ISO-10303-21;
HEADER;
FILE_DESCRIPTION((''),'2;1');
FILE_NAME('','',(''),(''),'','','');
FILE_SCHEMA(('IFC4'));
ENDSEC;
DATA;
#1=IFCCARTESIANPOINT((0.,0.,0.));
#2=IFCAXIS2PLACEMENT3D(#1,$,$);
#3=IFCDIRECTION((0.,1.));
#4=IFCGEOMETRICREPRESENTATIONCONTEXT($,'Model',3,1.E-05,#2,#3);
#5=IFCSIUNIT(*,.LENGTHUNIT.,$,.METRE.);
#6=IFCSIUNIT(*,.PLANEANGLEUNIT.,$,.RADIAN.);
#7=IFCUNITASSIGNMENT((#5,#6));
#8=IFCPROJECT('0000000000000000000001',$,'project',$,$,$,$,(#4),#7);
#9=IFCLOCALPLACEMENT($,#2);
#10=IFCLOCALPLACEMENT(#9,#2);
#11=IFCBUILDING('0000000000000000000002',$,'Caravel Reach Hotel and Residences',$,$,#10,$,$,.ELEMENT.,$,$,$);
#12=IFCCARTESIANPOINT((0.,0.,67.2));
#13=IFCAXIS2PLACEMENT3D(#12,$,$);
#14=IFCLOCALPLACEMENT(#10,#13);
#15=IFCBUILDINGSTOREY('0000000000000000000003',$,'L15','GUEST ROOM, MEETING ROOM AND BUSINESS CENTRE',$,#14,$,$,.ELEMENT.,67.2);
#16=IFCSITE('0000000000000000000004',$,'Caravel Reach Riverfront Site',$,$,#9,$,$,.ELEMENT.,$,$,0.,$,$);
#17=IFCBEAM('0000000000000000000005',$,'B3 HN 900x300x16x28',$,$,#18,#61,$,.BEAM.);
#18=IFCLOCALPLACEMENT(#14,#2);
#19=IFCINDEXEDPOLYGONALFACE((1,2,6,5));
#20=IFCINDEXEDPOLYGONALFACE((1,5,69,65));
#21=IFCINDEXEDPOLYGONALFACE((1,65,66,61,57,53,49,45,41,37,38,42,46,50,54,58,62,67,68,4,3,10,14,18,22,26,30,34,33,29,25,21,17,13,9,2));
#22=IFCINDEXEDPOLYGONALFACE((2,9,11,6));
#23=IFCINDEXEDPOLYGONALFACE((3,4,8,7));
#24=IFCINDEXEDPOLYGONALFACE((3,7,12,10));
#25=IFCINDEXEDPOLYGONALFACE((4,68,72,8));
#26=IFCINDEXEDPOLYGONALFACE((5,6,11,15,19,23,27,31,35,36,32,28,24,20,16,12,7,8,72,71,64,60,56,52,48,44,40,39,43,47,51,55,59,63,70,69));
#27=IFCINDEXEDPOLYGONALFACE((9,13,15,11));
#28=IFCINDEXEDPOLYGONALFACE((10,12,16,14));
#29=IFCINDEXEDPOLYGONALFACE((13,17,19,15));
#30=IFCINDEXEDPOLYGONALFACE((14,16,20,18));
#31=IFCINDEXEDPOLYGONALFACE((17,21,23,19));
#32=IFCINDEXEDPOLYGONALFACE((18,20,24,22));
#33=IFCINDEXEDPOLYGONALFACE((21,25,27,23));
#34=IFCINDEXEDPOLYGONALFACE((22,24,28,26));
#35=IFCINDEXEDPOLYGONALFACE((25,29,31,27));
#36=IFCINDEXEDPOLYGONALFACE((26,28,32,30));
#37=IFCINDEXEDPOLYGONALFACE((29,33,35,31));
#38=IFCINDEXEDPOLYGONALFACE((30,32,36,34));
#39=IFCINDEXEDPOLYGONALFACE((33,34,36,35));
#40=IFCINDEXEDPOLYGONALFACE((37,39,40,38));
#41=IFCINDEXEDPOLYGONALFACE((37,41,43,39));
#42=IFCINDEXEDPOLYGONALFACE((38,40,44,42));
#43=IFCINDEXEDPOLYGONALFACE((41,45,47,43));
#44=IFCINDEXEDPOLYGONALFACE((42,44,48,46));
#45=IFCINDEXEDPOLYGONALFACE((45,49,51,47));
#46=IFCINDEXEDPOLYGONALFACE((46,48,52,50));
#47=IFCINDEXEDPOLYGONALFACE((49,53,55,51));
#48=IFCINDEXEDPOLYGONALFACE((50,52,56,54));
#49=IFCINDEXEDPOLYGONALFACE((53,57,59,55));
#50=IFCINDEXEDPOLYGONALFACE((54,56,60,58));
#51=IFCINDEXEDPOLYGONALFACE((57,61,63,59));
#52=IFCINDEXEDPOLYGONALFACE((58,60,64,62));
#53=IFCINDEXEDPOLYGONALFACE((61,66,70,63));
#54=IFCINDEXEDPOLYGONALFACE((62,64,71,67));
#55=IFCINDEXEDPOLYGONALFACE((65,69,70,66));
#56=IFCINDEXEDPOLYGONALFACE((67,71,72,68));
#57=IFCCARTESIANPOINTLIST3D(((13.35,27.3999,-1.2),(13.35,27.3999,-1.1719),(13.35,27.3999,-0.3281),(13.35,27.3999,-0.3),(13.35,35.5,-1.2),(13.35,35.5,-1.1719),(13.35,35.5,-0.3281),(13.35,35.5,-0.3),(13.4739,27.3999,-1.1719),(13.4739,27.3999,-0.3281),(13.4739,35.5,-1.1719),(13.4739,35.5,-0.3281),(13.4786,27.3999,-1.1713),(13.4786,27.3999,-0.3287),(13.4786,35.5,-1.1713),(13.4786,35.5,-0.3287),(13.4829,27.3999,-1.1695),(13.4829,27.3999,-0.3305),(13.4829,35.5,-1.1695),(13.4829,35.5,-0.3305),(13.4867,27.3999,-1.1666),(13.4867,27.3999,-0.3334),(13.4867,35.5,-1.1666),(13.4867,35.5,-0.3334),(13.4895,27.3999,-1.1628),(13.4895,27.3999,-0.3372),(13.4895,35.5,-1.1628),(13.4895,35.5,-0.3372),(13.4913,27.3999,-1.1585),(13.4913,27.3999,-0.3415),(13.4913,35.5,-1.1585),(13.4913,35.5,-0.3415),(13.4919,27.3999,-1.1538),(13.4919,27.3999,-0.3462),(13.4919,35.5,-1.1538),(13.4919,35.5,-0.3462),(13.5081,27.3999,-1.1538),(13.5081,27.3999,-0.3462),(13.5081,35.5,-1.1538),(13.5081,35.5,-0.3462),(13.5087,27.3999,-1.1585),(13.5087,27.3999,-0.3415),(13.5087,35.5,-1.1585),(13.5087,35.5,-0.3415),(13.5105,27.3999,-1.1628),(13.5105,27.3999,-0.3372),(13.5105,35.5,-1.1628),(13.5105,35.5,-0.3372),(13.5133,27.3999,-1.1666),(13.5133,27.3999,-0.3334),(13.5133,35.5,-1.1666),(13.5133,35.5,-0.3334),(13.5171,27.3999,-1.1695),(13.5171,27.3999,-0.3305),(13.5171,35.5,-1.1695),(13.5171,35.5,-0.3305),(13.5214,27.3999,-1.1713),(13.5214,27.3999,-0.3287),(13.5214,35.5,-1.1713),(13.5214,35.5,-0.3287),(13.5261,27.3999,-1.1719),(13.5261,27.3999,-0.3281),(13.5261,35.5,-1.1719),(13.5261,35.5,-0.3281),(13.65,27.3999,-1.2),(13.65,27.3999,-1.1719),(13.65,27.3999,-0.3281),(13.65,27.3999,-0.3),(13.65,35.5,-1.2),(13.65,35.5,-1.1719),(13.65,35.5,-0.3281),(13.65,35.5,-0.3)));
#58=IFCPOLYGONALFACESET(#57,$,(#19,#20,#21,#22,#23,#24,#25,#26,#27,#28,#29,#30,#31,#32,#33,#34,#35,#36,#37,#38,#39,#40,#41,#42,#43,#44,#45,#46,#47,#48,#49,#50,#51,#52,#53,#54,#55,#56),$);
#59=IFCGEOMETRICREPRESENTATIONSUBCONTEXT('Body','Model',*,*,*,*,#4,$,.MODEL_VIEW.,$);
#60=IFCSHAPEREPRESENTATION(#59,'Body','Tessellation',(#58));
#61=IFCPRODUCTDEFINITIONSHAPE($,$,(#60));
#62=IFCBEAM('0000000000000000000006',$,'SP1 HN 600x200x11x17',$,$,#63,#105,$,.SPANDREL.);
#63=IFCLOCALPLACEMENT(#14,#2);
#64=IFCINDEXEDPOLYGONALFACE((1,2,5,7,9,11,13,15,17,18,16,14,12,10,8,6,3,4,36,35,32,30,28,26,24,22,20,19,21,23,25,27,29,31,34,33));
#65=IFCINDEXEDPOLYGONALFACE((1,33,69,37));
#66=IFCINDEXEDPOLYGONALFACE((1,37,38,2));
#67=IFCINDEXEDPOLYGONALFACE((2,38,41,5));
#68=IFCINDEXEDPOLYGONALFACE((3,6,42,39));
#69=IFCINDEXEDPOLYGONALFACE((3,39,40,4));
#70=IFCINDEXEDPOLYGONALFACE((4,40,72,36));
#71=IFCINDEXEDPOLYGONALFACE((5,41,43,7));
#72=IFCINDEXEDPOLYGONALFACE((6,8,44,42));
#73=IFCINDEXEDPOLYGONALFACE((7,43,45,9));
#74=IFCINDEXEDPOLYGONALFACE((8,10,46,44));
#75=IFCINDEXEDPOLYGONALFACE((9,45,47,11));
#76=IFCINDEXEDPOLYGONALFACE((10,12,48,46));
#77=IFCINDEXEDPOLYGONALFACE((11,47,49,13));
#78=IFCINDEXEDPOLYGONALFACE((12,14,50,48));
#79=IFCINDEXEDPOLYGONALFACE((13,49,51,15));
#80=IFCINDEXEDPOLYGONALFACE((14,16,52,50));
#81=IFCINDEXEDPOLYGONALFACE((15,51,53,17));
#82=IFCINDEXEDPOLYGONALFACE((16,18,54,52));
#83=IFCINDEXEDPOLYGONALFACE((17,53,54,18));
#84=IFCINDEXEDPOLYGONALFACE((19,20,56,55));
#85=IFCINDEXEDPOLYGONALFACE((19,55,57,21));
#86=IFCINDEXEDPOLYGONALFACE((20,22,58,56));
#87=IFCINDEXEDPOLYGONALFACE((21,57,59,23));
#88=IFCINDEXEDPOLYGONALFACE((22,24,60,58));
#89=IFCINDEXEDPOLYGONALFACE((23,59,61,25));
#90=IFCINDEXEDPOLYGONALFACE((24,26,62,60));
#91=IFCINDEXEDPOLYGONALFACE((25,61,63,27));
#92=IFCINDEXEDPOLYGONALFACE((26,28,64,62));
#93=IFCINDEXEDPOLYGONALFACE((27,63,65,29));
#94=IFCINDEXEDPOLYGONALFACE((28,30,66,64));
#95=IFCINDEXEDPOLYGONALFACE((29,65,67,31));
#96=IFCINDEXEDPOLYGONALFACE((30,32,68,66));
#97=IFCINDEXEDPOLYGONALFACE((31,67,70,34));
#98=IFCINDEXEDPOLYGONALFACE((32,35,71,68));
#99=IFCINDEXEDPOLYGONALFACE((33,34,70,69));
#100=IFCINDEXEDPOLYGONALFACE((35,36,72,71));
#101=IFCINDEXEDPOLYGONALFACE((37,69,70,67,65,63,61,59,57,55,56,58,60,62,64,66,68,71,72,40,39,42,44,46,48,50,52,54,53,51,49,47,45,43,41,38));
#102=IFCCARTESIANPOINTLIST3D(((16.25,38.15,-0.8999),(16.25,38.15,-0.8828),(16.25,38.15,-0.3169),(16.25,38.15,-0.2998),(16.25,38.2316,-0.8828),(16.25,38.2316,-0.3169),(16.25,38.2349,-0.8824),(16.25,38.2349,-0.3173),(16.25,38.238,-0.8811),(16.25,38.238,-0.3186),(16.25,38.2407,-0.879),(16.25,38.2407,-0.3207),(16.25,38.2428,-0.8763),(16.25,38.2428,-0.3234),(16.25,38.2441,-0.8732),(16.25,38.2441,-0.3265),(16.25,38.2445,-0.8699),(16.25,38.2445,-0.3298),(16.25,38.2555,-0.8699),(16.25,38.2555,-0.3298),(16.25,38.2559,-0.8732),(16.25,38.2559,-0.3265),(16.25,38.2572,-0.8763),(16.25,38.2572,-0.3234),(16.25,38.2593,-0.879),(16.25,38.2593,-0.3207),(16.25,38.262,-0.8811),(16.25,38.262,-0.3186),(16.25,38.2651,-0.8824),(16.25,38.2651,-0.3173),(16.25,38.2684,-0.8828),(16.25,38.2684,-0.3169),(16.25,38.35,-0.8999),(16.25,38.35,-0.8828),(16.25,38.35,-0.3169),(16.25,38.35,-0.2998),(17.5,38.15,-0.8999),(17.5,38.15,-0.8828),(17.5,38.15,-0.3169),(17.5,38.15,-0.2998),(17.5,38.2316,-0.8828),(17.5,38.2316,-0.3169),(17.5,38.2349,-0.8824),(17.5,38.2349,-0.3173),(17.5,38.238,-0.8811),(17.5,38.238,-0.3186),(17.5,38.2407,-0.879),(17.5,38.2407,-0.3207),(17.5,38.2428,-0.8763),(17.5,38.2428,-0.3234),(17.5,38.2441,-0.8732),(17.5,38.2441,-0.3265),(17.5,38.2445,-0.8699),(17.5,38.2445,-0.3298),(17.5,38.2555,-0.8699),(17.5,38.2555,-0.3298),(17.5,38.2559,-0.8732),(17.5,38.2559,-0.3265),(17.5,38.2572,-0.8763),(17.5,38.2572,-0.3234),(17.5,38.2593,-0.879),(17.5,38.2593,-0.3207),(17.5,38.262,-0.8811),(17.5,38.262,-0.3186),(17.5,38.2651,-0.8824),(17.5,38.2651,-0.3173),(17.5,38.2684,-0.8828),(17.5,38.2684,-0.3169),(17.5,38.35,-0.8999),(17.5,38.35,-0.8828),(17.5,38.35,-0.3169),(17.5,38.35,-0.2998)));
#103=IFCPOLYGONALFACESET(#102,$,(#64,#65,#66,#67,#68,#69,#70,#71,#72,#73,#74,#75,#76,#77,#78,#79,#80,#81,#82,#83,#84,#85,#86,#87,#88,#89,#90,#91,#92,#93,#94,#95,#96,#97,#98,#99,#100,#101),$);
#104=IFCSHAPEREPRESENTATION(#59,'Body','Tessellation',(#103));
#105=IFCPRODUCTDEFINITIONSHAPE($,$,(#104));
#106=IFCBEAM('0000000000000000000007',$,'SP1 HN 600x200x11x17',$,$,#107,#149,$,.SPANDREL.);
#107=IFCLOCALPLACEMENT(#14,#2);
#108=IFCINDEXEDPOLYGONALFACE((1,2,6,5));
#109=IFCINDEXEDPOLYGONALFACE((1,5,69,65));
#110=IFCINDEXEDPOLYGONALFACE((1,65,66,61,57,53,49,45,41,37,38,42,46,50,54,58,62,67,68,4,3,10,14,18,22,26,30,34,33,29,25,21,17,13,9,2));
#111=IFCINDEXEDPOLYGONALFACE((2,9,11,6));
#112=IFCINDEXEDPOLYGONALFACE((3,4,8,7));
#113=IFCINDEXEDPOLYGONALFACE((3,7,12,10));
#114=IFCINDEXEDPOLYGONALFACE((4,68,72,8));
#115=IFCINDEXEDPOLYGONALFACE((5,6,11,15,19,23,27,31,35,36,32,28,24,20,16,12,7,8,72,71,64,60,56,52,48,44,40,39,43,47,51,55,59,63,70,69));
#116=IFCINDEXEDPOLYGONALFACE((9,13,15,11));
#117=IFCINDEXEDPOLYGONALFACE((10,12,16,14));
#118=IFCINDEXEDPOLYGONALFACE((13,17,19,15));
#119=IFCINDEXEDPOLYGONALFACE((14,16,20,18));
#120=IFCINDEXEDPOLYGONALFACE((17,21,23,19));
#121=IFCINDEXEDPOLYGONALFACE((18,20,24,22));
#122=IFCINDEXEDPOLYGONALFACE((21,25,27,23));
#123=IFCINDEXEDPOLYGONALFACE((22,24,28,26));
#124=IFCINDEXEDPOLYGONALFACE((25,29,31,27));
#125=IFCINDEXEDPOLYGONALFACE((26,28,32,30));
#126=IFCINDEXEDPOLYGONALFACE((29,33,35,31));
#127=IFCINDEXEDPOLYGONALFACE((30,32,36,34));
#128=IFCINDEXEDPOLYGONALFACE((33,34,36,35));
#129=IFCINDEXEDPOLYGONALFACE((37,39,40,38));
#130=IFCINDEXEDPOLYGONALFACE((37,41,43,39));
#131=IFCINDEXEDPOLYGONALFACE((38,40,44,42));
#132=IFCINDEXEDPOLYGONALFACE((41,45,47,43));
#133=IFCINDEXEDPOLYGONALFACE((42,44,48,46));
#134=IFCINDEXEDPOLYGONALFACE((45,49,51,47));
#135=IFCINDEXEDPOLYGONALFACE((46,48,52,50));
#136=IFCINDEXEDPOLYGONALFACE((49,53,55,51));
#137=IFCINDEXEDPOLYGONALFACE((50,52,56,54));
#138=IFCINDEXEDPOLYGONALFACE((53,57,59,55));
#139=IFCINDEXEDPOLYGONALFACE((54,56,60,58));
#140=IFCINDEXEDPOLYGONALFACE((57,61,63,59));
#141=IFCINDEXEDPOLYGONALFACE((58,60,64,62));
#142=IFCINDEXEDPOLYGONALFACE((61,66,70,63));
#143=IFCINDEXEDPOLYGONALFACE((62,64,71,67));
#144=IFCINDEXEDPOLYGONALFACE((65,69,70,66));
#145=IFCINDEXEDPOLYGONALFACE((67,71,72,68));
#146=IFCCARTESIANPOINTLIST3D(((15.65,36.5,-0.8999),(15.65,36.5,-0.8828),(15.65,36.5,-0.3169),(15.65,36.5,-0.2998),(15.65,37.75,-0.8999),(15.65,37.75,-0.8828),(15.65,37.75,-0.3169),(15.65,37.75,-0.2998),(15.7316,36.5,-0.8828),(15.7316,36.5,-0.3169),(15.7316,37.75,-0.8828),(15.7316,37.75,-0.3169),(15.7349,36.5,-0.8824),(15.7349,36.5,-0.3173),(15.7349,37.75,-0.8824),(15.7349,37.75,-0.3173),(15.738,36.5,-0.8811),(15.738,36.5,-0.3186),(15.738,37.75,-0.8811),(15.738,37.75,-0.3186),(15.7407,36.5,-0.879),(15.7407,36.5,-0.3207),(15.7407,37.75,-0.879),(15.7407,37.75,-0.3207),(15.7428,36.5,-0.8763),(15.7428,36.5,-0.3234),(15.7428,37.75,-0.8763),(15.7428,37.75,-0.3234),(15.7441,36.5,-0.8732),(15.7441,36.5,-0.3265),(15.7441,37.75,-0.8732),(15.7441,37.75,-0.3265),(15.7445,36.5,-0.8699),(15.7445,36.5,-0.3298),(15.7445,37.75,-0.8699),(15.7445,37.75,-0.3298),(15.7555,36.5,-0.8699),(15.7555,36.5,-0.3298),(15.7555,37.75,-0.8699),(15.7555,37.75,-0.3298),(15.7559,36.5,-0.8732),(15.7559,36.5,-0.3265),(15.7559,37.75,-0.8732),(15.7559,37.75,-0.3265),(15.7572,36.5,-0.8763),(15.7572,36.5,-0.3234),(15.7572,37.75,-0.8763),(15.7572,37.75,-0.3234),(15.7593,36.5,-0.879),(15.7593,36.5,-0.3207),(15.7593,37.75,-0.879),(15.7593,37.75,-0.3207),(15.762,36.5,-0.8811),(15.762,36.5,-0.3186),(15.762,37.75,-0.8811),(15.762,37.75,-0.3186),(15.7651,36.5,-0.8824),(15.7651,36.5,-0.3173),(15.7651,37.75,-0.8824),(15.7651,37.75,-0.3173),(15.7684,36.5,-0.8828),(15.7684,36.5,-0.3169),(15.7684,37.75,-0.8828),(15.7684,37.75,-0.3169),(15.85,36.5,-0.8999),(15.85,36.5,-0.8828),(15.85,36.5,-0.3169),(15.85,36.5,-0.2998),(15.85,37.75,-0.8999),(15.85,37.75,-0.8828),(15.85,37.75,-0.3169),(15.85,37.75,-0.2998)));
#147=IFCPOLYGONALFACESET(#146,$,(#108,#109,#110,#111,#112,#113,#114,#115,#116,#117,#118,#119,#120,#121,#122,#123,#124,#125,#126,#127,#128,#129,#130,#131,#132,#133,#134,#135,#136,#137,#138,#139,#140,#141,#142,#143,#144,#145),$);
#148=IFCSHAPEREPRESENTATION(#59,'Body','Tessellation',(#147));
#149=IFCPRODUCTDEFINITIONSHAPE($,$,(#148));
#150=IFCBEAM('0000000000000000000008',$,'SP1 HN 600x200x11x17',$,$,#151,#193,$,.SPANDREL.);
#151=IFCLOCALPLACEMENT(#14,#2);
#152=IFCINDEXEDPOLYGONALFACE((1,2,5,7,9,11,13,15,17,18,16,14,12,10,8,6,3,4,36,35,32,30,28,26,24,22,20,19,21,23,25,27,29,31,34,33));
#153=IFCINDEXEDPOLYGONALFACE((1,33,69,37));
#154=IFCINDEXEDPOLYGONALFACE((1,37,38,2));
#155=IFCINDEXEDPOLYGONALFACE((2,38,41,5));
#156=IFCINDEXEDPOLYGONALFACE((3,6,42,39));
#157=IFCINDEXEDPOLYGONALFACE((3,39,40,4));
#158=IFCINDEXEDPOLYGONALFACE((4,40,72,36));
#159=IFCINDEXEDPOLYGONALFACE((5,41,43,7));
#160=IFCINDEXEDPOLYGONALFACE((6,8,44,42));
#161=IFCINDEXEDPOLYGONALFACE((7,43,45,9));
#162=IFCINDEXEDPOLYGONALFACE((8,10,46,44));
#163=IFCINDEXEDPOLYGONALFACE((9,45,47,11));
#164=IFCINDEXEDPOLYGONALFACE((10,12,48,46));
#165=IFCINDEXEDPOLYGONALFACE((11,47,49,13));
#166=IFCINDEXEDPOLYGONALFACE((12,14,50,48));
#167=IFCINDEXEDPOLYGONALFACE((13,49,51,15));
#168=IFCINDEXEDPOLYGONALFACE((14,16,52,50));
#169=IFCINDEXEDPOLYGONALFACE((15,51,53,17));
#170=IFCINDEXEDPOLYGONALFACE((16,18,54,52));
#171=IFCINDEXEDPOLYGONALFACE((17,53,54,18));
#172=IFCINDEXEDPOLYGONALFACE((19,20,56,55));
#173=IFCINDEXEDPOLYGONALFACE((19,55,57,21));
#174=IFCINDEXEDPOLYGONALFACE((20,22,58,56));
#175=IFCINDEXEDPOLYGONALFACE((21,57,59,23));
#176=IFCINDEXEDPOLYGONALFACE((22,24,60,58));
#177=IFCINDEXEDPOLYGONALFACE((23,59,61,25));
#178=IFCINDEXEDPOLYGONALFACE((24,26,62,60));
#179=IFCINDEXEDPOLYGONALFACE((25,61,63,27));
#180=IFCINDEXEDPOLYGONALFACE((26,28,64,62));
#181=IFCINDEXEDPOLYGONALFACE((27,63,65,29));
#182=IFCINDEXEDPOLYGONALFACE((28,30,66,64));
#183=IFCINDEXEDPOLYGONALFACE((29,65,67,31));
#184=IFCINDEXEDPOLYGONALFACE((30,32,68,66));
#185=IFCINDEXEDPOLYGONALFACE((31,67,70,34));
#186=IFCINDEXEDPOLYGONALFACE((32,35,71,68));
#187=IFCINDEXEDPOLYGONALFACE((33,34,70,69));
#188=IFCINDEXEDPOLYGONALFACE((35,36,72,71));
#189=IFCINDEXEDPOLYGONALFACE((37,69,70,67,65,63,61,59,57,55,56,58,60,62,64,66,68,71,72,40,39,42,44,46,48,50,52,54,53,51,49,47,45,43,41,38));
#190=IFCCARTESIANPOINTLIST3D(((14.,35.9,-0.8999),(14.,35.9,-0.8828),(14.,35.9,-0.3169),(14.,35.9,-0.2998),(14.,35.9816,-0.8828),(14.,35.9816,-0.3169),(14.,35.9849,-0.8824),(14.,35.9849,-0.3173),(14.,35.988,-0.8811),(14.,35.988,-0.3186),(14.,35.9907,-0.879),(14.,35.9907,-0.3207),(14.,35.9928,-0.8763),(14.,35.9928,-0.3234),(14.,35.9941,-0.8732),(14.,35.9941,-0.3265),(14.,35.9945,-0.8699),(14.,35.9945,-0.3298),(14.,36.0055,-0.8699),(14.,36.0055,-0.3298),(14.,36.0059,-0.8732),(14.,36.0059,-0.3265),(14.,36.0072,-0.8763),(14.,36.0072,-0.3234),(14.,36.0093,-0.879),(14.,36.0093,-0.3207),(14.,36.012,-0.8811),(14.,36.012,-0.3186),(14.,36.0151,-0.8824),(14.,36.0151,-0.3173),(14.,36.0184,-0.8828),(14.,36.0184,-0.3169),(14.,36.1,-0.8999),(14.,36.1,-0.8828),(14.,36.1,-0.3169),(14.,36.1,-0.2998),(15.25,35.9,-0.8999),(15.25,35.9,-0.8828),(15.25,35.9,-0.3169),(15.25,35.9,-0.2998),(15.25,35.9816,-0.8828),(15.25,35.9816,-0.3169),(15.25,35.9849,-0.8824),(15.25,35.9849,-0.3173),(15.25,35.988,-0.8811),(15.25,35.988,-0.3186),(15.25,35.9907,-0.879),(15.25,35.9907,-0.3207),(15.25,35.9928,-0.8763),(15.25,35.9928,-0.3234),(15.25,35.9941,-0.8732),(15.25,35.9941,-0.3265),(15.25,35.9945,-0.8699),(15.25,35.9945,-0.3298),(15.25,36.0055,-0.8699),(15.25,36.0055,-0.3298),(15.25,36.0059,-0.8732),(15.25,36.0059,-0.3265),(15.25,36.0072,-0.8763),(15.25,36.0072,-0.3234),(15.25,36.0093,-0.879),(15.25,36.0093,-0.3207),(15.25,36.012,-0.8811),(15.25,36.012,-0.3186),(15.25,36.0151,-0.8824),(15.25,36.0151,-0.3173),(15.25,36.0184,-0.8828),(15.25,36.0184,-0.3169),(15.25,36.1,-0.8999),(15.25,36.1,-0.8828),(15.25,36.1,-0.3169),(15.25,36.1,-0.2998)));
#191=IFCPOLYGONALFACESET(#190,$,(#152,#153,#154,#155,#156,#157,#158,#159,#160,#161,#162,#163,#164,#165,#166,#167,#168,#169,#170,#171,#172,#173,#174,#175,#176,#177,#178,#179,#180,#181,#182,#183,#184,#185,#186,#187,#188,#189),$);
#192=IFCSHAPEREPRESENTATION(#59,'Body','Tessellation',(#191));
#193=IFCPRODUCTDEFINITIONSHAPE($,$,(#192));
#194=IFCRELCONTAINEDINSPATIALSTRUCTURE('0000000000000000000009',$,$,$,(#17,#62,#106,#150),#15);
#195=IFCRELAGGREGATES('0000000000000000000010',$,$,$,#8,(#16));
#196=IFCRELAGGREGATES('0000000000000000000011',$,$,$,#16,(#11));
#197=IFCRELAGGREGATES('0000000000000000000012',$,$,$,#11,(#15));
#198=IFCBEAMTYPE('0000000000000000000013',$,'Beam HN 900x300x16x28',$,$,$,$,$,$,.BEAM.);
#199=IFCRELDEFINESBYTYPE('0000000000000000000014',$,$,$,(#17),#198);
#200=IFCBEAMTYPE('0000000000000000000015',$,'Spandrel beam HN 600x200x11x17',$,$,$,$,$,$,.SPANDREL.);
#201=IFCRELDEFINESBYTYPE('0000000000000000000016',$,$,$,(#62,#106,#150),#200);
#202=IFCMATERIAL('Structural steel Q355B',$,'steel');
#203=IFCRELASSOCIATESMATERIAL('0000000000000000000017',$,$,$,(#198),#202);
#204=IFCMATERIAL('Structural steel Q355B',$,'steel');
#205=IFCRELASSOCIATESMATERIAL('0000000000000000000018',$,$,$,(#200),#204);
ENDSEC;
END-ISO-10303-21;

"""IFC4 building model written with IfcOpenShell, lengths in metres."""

from ifc_helpers import new_model, si_unit, direction, frame, origin, origin_2d, place, context, subcontext, project, spatial, i_section, extrude, material, material_profile, profile_set, type_object, element, save


model = new_model("IFC4")

# Units and contexts
model_context = context("Model", 3, precision=1e-05, world=origin(), true_north=direction((0.0, 1.0)))
body_context = subcontext(model_context, "Body", "Model", "MODEL_VIEW")
ifc_project = project(units=[si_unit("LENGTHUNIT", "METRE"), si_unit("PLANEANGLEUNIT", "RADIAN")], contexts=[model_context])

# Site, building, storey
site_placement = place(None, origin())
site = spatial("IfcSite", under=ifc_project, at=site_placement, Name="Caravel Reach Riverfront Site", CompositionType="ELEMENT", RefElevation=0.0)
building_placement = place(site_placement, origin())
building = spatial("IfcBuilding", under=site, at=building_placement, Name="Caravel Reach Hotel and Residences", CompositionType="ELEMENT")
storey_placement = place(building_placement, frame((0.0, 0.0, 67.2)))
storey = spatial("IfcBuildingStorey", under=building, at=storey_placement, Name="L15", Description="GUEST ROOM, MEETING ROOM AND BUSINESS CENTRE", CompositionType="ELEMENT", Elevation=67.2)

# Beams
ifc_material_1 = material(Name="Structural steel Q355B", Category="steel")
ifc_material_profile_1 = material_profile(ifc_material_1, i_section(OverallWidth=0.3, OverallDepth=0.8999, WebThickness=0.0161, FlangeThickness=0.0281, FilletRadius=0.0181, at=origin_2d()), Name="HN 900x300x16x28")
ifc_profile_set_1 = profile_set([ifc_material_profile_1], Name="Structural steel Q355B")
beam_type_1 = type_object("IfcBeamType", Name="Beam HN 900x300x16x28", PredefinedType="BEAM", material=ifc_profile_set_1)
beam_1_placement = place(storey_placement, frame((13.5, 27.3999, -0.75), z_axis=(0.0, 1.0, 0.0), x_axis=(-1.0, 0.0, 0.0)))
element("IfcBeam", 1, at=beam_1_placement, inside=storey, type_object=beam_type_1, Name="B3 HN 900x300x16x28", PredefinedType="BEAM", context=body_context, shape_type="SweptSolid", body=[
    extrude(i_section(OverallWidth=0.3, OverallDepth=0.8999, WebThickness=0.0161, FlangeThickness=0.0281, FilletRadius=0.0181, at=origin_2d()), origin(), (0.0, 0.0, 1.0), 8.1001),
])
ifc_material_2 = material(Name="Structural steel Q355B", Category="steel")
ifc_material_profile_2 = material_profile(ifc_material_2, i_section(OverallWidth=0.2, OverallDepth=0.6001, WebThickness=0.011, FlangeThickness=0.0171, FilletRadius=0.0129, at=origin_2d()), Name="HN 600x200x11x17")
ifc_profile_set_2 = profile_set([ifc_material_profile_2], Name="Structural steel Q355B")
beam_type_2 = type_object("IfcBeamType", Name="Spandrel beam HN 600x200x11x17", PredefinedType="SPANDREL", material=ifc_profile_set_2)
for number, where, z_axis, x_axis, name in (
    (2, (17.5, 38.25, -0.5999), (-1.0, 0.0, 0.0), (0.0, -1.0, 0.0), "SP1 HN 600x200x11x17"),
    (3, (15.75, 37.75, -0.5999), (0.0, -1.0, 0.0), (1.0, 0.0, 0.0), "SP1 HN 600x200x11x17"),
    (4, (15.25, 36.0, -0.5999), (-1.0, 0.0, 0.0), (0.0, -1.0, 0.0), "SP1 HN 600x200x11x17"),
):
    element("IfcBeam", number, at=place(storey_placement, frame(where, z_axis=z_axis, x_axis=x_axis)), inside=storey, type_object=beam_type_2, Name=name, PredefinedType="SPANDREL", context=body_context, shape_type="SweptSolid", body=[
        extrude(i_section(OverallWidth=0.2, OverallDepth=0.6001, WebThickness=0.011, FlangeThickness=0.0171, FilletRadius=0.0129, at=origin_2d()), origin(), (0.0, 0.0, 1.0), 1.25),
    ])

save(model, "model.ifc")
